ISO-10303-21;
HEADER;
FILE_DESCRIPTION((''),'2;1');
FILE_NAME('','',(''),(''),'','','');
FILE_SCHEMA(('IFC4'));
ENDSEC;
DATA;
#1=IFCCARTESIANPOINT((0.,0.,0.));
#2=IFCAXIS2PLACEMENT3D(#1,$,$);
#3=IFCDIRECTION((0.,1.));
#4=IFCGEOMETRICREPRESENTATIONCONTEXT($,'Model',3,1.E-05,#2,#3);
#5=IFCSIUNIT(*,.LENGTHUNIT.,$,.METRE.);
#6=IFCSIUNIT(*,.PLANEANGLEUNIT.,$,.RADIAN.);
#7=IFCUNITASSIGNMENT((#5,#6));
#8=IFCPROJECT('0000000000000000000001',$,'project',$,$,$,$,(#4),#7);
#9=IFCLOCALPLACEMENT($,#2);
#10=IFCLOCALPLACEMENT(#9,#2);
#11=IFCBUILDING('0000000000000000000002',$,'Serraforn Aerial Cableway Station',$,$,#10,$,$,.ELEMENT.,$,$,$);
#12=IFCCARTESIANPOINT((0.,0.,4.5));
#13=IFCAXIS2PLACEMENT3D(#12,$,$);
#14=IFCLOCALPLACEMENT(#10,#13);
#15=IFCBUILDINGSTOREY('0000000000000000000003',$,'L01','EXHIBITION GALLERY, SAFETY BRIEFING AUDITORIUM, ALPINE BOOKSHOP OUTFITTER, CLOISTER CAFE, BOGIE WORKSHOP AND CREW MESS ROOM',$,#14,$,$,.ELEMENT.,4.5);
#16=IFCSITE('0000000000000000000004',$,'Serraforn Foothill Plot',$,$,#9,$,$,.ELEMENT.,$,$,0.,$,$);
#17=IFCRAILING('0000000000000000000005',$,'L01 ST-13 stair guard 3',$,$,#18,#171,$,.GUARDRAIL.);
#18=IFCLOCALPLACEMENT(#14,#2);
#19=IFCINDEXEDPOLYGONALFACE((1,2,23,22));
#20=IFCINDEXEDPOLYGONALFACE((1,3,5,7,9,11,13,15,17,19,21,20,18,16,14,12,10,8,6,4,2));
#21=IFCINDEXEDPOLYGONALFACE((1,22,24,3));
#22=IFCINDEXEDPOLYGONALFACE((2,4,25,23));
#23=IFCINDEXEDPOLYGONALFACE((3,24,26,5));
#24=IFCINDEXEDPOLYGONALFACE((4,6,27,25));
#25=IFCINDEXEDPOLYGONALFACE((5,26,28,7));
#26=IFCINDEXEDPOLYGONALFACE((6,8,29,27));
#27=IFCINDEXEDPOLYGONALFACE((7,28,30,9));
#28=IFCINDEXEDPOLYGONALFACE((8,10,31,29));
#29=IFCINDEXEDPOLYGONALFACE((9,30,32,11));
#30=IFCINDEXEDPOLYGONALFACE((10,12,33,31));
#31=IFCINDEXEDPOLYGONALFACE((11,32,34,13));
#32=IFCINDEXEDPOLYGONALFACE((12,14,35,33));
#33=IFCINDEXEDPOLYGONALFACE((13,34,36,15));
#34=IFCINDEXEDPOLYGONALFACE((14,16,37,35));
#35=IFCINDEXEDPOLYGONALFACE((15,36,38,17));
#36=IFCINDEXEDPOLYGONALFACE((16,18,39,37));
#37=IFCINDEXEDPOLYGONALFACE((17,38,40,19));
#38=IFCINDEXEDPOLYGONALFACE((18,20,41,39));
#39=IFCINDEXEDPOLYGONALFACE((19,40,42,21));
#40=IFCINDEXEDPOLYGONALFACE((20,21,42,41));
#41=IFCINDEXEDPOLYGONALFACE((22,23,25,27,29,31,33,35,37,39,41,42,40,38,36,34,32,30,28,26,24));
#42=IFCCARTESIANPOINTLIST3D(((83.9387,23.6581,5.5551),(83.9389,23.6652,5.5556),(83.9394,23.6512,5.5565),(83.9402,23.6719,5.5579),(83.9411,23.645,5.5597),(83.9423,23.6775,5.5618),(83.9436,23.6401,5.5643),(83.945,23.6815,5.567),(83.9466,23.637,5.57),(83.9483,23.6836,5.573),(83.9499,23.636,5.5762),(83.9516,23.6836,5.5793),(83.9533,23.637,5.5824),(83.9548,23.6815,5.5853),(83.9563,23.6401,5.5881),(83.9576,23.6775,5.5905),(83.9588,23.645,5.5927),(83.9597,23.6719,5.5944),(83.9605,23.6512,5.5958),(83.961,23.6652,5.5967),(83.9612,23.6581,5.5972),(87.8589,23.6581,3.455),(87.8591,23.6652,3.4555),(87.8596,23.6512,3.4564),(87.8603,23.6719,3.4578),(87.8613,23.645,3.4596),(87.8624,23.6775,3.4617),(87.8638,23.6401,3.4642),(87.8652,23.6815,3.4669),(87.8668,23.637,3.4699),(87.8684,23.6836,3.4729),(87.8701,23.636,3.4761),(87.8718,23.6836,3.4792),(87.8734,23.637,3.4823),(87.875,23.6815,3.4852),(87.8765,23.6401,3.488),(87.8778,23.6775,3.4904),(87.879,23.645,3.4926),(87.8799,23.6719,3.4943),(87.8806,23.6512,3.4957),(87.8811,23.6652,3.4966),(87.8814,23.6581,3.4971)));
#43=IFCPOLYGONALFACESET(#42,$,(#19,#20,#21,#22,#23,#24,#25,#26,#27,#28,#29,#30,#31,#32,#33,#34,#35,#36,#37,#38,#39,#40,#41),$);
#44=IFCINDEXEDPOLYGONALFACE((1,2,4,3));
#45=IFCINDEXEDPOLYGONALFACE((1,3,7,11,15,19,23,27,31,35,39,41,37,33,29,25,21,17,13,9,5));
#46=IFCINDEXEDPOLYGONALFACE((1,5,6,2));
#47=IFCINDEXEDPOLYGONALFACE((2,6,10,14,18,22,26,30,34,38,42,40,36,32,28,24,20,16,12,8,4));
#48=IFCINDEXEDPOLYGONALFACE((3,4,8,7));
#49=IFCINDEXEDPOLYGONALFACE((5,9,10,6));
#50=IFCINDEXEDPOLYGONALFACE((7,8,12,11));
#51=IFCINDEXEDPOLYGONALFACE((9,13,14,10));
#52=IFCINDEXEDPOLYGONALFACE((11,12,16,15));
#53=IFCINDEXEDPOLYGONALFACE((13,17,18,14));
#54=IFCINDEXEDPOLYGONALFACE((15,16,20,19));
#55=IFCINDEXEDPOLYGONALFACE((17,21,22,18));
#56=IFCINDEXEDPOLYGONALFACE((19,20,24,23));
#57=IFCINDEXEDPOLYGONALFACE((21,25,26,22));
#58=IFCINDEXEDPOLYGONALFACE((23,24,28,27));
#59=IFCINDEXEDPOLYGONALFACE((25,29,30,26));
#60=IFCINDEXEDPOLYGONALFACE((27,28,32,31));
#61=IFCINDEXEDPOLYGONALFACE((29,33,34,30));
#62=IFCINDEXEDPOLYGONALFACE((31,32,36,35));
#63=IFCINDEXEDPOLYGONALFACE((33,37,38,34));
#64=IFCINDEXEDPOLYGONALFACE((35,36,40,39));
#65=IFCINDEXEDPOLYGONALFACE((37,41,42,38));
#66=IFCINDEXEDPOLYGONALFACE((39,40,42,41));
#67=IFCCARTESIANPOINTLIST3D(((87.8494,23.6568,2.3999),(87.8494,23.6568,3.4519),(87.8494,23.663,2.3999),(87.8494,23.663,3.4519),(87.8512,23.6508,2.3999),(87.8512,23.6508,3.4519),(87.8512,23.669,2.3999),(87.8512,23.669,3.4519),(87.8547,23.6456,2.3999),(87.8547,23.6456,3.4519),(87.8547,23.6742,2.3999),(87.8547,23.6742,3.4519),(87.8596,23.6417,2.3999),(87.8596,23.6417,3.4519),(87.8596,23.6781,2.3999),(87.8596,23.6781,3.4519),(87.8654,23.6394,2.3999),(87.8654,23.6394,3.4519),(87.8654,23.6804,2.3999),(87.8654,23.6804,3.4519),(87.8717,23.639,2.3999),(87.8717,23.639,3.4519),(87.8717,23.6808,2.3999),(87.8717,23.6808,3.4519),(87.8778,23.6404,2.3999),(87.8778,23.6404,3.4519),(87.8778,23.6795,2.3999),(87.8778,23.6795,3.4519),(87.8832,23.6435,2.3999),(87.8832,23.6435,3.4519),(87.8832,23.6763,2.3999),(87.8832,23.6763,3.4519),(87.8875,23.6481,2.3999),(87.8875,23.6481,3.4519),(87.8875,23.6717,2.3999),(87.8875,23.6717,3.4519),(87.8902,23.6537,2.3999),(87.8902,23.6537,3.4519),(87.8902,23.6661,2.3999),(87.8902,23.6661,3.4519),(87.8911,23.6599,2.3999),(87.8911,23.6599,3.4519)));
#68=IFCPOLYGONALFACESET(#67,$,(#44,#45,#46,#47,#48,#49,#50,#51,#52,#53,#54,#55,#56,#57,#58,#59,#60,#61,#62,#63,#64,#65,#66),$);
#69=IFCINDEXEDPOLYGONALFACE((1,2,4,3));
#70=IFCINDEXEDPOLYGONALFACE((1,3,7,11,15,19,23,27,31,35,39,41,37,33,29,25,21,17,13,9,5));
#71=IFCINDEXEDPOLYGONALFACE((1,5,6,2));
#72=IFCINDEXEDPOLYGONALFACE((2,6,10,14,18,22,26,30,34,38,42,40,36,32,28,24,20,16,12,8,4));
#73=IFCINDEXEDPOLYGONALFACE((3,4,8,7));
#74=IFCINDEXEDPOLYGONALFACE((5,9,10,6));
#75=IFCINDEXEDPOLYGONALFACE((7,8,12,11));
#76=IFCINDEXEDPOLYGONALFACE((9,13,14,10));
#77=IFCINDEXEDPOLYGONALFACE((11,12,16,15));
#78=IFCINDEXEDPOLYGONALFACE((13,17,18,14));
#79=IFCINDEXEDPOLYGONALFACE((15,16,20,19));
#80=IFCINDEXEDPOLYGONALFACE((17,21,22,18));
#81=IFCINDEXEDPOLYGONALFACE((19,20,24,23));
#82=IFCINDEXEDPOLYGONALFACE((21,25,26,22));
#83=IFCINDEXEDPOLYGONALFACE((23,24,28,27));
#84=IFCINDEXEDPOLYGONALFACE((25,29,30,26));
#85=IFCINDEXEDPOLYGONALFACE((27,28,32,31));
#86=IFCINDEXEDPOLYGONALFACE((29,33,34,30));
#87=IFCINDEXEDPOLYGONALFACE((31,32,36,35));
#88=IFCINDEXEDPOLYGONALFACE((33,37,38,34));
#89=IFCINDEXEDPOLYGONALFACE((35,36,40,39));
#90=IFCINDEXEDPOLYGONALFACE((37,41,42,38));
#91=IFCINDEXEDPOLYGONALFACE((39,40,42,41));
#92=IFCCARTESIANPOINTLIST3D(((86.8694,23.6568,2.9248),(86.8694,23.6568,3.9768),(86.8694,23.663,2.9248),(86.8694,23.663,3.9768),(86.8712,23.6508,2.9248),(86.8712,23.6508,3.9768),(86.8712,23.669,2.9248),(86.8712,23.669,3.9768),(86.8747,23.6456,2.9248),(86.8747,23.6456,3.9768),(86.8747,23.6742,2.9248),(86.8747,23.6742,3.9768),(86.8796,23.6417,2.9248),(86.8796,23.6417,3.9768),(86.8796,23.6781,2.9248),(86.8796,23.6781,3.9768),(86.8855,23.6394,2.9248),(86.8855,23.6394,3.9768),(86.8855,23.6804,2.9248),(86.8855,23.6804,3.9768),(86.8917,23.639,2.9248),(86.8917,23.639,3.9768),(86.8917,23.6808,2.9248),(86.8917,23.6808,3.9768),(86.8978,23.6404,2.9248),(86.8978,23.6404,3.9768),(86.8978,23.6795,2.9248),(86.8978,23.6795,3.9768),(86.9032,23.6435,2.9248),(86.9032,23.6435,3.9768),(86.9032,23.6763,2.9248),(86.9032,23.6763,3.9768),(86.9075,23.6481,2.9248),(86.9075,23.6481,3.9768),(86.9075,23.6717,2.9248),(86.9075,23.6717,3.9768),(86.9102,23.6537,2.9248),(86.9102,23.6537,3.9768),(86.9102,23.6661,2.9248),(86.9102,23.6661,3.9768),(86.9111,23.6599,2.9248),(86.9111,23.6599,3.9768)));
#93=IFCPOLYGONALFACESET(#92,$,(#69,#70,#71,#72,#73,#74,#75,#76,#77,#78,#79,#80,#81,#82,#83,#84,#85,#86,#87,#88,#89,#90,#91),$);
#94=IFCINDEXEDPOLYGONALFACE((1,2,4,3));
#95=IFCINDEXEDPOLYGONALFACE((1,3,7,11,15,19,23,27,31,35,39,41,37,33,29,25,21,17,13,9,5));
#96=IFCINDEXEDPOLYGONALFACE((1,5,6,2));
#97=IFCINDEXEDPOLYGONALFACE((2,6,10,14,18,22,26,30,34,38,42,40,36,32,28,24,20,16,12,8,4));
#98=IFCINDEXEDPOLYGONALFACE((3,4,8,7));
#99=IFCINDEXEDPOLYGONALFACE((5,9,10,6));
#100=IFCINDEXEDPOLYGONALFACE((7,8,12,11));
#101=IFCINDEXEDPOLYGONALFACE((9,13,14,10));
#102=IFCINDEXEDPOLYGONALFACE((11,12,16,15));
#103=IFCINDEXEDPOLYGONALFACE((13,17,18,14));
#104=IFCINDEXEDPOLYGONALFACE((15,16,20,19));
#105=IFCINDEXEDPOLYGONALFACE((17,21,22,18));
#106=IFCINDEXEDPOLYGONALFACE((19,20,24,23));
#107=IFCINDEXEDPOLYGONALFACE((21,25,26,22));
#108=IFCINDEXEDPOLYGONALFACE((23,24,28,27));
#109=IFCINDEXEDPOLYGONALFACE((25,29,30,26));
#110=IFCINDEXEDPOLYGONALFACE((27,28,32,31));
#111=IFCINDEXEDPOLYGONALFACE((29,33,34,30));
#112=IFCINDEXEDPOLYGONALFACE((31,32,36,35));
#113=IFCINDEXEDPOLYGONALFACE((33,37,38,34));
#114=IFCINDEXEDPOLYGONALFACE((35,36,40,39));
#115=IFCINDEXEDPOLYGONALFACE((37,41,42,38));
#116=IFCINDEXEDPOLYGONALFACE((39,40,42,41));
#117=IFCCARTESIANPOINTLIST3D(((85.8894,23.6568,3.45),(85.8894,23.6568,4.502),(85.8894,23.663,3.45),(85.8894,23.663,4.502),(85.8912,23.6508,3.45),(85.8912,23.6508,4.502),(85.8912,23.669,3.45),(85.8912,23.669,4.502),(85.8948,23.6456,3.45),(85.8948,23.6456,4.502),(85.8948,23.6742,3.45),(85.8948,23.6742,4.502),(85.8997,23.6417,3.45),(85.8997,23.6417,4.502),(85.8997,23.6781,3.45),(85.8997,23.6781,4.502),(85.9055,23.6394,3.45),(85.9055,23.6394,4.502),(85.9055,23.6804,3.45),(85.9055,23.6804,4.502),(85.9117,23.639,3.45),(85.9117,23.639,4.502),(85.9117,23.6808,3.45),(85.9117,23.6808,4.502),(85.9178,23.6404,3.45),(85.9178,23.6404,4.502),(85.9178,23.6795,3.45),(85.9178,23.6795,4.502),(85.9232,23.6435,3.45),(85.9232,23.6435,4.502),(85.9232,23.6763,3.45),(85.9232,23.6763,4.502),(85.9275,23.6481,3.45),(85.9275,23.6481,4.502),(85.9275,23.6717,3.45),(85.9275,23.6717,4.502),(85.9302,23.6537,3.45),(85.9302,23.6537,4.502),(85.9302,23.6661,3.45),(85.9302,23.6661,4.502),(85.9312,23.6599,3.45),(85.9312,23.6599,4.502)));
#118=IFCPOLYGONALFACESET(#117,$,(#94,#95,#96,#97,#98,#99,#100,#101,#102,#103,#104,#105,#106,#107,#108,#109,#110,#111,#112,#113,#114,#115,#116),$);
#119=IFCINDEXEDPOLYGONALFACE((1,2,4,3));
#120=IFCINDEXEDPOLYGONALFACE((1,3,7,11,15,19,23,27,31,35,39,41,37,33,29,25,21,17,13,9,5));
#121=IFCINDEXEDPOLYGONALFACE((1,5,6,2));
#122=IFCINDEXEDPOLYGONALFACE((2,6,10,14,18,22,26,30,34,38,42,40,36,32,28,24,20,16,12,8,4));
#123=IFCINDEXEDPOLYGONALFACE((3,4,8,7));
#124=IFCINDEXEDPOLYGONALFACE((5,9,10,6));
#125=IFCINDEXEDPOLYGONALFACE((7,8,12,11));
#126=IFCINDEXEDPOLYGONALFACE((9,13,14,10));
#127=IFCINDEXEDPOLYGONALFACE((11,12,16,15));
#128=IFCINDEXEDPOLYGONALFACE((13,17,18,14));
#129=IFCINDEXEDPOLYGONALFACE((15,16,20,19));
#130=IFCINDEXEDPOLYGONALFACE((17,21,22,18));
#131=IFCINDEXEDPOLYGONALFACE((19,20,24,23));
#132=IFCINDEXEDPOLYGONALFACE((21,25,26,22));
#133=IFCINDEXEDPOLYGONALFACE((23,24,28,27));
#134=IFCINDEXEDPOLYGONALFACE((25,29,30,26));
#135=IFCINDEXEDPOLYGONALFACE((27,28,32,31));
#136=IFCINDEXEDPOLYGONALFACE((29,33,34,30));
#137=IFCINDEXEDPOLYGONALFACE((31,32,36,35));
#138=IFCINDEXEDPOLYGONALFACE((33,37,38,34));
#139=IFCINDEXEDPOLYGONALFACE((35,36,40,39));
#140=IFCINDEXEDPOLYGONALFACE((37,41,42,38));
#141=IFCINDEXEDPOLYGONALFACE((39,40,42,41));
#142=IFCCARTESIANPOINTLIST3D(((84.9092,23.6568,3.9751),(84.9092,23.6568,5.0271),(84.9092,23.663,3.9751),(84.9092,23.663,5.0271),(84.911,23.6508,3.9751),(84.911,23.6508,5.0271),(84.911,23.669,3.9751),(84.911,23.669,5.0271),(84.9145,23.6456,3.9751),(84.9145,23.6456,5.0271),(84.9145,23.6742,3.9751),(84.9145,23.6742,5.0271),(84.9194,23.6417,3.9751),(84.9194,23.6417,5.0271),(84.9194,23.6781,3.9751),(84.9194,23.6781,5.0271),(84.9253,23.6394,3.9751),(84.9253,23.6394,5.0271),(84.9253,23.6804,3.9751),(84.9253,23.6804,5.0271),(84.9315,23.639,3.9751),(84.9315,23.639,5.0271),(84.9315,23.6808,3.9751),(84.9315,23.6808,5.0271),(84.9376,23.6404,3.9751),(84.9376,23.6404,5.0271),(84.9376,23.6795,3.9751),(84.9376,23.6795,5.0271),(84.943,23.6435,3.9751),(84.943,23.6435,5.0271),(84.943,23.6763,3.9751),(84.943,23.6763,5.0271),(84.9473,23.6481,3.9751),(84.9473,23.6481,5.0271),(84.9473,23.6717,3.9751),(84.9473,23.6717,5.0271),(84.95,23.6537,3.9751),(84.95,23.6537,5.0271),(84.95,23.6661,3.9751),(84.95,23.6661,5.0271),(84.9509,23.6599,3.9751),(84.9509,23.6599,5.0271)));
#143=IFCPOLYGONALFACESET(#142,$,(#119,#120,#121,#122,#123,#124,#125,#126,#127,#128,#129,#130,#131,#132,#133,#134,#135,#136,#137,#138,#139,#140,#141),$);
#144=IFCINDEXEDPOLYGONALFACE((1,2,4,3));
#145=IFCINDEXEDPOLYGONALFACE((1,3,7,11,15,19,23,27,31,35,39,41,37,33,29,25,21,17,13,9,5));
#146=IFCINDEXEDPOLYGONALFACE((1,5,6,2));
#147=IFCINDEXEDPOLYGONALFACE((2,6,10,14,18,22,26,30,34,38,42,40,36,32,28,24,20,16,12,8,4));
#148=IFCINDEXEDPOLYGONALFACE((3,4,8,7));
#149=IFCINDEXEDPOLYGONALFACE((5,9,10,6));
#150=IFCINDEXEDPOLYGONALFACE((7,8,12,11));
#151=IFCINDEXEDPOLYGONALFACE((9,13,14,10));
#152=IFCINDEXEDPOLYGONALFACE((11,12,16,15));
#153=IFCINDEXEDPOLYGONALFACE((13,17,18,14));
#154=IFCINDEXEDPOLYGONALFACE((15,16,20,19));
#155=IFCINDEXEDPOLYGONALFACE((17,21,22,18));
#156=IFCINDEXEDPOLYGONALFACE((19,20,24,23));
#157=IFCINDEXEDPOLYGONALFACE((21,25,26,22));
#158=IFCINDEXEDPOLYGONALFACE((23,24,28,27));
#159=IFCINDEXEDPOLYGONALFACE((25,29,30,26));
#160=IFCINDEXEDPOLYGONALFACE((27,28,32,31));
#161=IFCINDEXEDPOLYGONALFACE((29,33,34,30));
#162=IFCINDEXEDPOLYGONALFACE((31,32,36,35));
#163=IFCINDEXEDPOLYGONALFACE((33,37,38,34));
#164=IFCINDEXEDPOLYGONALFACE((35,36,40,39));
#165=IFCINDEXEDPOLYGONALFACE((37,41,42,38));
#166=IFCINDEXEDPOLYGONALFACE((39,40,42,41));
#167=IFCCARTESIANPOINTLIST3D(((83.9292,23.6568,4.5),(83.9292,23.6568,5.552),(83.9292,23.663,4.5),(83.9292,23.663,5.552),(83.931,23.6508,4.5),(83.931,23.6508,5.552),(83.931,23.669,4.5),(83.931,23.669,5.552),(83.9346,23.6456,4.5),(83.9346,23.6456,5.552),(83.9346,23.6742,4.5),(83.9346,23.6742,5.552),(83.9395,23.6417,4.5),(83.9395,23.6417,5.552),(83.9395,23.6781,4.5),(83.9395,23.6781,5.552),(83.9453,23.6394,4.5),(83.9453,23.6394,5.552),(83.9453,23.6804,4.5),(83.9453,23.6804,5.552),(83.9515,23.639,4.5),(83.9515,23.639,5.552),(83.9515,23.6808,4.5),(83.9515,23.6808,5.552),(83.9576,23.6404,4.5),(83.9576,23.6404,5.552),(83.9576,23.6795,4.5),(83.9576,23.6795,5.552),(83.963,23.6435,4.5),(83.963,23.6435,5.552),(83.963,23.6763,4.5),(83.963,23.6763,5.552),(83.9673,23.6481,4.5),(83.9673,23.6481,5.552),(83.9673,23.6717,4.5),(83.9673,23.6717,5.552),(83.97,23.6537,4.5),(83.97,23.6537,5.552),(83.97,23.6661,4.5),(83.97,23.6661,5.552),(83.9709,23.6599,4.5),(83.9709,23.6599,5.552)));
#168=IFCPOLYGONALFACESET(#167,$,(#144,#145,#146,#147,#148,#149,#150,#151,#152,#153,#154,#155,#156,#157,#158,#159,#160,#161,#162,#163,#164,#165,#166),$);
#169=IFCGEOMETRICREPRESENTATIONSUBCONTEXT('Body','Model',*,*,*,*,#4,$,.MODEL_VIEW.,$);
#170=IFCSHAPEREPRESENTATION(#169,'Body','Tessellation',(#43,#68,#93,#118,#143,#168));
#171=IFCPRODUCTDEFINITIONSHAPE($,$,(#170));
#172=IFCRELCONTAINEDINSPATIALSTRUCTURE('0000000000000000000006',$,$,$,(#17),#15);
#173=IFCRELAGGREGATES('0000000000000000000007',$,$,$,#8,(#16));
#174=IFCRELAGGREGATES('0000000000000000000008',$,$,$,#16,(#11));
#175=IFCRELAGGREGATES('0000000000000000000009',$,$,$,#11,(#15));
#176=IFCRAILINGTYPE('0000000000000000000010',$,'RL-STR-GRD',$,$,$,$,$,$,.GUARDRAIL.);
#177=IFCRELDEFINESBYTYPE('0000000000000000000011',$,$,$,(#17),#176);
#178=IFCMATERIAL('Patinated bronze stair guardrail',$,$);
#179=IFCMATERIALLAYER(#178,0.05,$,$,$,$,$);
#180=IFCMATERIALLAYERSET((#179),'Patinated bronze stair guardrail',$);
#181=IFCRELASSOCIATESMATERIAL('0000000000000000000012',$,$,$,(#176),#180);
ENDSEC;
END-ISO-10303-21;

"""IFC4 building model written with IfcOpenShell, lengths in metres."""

from ifc_helpers import new_model, si_unit, direction, frame, origin, origin_2d, place, context, subcontext, project, spatial, circle, extrude, material, layer, layer_set, type_object, element, save


model = new_model("IFC4")

# Units and contexts
model_context = context("Model", 3, precision=1e-05, world=origin(), true_north=direction((0.0, 1.0)))
body_context = subcontext(model_context, "Body", "Model", "MODEL_VIEW")
ifc_project = project(units=[si_unit("LENGTHUNIT", "METRE"), si_unit("PLANEANGLEUNIT", "RADIAN")], contexts=[model_context])

# Site, building, storey
site_placement = place(None, origin())
site = spatial("IfcSite", under=ifc_project, at=site_placement, Name="Serraforn Foothill Plot", CompositionType="ELEMENT", RefElevation=0.0)
building_placement = place(site_placement, origin())
building = spatial("IfcBuilding", under=site, at=building_placement, Name="Serraforn Aerial Cableway Station", CompositionType="ELEMENT")
storey_placement = place(building_placement, frame((0.0, 0.0, 4.5)))
storey = spatial("IfcBuildingStorey", under=building, at=storey_placement, Name="L01", Description="EXHIBITION GALLERY, SAFETY BRIEFING AUDITORIUM, ALPINE BOOKSHOP OUTFITTER, CLOISTER CAFE, BOGIE WORKSHOP AND CREW MESS ROOM", CompositionType="ELEMENT", Elevation=4.5)

# Railing
ifc_material_1 = material(Name="Patinated bronze stair guardrail")
ifc_layer_1 = layer(ifc_material_1, 0.05)
ifc_layer_set_1 = layer_set([ifc_layer_1], Name="Patinated bronze stair guardrail")
railing_type_1 = type_object("IfcRailingType", Name="RL-STR-GRD", PredefinedType="GUARDRAIL", material=ifc_layer_set_1)
railing_1_placement = place(storey_placement, frame((87.8701, 23.6599, 2.3999)))
element("IfcRailing", 1, at=railing_1_placement, inside=storey, type_object=railing_type_1, Name="L01 ST-13 stair guard 3", PredefinedType="GUARDRAIL", context=body_context, shape_type="SweptSolid", body=[
    extrude(circle(Radius=0.0239, at=origin_2d()), frame((0.0, 0.0, 1.0762), z_axis=(-0.881479, 0.0, 0.472223), x_axis=(0.0, -1.0, 0.0)), (0.0, 0.0, 1.0), 4.4473),
    extrude(circle(Radius=0.021, at=origin_2d()), origin(), (0.0, 0.0, 1.0), 1.052),
    extrude(circle(Radius=0.021, at=origin_2d()), frame((-0.98, 0.0, 0.5249)), (0.0, 0.0, 1.0), 1.052),
    extrude(circle(Radius=0.021, at=origin_2d()), frame((-1.96, 0.0, 1.05)), (0.0, 0.0, 1.0), 1.052),
    extrude(circle(Radius=0.021, at=origin_2d()), frame((-2.9402, 0.0, 1.5752)), (0.0, 0.0, 1.0), 1.052),
    extrude(circle(Radius=0.021, at=origin_2d()), frame((-3.9202, 0.0, 2.1001)), (0.0, 0.0, 1.0), 1.052),
])

save(model, "model.ifc")
